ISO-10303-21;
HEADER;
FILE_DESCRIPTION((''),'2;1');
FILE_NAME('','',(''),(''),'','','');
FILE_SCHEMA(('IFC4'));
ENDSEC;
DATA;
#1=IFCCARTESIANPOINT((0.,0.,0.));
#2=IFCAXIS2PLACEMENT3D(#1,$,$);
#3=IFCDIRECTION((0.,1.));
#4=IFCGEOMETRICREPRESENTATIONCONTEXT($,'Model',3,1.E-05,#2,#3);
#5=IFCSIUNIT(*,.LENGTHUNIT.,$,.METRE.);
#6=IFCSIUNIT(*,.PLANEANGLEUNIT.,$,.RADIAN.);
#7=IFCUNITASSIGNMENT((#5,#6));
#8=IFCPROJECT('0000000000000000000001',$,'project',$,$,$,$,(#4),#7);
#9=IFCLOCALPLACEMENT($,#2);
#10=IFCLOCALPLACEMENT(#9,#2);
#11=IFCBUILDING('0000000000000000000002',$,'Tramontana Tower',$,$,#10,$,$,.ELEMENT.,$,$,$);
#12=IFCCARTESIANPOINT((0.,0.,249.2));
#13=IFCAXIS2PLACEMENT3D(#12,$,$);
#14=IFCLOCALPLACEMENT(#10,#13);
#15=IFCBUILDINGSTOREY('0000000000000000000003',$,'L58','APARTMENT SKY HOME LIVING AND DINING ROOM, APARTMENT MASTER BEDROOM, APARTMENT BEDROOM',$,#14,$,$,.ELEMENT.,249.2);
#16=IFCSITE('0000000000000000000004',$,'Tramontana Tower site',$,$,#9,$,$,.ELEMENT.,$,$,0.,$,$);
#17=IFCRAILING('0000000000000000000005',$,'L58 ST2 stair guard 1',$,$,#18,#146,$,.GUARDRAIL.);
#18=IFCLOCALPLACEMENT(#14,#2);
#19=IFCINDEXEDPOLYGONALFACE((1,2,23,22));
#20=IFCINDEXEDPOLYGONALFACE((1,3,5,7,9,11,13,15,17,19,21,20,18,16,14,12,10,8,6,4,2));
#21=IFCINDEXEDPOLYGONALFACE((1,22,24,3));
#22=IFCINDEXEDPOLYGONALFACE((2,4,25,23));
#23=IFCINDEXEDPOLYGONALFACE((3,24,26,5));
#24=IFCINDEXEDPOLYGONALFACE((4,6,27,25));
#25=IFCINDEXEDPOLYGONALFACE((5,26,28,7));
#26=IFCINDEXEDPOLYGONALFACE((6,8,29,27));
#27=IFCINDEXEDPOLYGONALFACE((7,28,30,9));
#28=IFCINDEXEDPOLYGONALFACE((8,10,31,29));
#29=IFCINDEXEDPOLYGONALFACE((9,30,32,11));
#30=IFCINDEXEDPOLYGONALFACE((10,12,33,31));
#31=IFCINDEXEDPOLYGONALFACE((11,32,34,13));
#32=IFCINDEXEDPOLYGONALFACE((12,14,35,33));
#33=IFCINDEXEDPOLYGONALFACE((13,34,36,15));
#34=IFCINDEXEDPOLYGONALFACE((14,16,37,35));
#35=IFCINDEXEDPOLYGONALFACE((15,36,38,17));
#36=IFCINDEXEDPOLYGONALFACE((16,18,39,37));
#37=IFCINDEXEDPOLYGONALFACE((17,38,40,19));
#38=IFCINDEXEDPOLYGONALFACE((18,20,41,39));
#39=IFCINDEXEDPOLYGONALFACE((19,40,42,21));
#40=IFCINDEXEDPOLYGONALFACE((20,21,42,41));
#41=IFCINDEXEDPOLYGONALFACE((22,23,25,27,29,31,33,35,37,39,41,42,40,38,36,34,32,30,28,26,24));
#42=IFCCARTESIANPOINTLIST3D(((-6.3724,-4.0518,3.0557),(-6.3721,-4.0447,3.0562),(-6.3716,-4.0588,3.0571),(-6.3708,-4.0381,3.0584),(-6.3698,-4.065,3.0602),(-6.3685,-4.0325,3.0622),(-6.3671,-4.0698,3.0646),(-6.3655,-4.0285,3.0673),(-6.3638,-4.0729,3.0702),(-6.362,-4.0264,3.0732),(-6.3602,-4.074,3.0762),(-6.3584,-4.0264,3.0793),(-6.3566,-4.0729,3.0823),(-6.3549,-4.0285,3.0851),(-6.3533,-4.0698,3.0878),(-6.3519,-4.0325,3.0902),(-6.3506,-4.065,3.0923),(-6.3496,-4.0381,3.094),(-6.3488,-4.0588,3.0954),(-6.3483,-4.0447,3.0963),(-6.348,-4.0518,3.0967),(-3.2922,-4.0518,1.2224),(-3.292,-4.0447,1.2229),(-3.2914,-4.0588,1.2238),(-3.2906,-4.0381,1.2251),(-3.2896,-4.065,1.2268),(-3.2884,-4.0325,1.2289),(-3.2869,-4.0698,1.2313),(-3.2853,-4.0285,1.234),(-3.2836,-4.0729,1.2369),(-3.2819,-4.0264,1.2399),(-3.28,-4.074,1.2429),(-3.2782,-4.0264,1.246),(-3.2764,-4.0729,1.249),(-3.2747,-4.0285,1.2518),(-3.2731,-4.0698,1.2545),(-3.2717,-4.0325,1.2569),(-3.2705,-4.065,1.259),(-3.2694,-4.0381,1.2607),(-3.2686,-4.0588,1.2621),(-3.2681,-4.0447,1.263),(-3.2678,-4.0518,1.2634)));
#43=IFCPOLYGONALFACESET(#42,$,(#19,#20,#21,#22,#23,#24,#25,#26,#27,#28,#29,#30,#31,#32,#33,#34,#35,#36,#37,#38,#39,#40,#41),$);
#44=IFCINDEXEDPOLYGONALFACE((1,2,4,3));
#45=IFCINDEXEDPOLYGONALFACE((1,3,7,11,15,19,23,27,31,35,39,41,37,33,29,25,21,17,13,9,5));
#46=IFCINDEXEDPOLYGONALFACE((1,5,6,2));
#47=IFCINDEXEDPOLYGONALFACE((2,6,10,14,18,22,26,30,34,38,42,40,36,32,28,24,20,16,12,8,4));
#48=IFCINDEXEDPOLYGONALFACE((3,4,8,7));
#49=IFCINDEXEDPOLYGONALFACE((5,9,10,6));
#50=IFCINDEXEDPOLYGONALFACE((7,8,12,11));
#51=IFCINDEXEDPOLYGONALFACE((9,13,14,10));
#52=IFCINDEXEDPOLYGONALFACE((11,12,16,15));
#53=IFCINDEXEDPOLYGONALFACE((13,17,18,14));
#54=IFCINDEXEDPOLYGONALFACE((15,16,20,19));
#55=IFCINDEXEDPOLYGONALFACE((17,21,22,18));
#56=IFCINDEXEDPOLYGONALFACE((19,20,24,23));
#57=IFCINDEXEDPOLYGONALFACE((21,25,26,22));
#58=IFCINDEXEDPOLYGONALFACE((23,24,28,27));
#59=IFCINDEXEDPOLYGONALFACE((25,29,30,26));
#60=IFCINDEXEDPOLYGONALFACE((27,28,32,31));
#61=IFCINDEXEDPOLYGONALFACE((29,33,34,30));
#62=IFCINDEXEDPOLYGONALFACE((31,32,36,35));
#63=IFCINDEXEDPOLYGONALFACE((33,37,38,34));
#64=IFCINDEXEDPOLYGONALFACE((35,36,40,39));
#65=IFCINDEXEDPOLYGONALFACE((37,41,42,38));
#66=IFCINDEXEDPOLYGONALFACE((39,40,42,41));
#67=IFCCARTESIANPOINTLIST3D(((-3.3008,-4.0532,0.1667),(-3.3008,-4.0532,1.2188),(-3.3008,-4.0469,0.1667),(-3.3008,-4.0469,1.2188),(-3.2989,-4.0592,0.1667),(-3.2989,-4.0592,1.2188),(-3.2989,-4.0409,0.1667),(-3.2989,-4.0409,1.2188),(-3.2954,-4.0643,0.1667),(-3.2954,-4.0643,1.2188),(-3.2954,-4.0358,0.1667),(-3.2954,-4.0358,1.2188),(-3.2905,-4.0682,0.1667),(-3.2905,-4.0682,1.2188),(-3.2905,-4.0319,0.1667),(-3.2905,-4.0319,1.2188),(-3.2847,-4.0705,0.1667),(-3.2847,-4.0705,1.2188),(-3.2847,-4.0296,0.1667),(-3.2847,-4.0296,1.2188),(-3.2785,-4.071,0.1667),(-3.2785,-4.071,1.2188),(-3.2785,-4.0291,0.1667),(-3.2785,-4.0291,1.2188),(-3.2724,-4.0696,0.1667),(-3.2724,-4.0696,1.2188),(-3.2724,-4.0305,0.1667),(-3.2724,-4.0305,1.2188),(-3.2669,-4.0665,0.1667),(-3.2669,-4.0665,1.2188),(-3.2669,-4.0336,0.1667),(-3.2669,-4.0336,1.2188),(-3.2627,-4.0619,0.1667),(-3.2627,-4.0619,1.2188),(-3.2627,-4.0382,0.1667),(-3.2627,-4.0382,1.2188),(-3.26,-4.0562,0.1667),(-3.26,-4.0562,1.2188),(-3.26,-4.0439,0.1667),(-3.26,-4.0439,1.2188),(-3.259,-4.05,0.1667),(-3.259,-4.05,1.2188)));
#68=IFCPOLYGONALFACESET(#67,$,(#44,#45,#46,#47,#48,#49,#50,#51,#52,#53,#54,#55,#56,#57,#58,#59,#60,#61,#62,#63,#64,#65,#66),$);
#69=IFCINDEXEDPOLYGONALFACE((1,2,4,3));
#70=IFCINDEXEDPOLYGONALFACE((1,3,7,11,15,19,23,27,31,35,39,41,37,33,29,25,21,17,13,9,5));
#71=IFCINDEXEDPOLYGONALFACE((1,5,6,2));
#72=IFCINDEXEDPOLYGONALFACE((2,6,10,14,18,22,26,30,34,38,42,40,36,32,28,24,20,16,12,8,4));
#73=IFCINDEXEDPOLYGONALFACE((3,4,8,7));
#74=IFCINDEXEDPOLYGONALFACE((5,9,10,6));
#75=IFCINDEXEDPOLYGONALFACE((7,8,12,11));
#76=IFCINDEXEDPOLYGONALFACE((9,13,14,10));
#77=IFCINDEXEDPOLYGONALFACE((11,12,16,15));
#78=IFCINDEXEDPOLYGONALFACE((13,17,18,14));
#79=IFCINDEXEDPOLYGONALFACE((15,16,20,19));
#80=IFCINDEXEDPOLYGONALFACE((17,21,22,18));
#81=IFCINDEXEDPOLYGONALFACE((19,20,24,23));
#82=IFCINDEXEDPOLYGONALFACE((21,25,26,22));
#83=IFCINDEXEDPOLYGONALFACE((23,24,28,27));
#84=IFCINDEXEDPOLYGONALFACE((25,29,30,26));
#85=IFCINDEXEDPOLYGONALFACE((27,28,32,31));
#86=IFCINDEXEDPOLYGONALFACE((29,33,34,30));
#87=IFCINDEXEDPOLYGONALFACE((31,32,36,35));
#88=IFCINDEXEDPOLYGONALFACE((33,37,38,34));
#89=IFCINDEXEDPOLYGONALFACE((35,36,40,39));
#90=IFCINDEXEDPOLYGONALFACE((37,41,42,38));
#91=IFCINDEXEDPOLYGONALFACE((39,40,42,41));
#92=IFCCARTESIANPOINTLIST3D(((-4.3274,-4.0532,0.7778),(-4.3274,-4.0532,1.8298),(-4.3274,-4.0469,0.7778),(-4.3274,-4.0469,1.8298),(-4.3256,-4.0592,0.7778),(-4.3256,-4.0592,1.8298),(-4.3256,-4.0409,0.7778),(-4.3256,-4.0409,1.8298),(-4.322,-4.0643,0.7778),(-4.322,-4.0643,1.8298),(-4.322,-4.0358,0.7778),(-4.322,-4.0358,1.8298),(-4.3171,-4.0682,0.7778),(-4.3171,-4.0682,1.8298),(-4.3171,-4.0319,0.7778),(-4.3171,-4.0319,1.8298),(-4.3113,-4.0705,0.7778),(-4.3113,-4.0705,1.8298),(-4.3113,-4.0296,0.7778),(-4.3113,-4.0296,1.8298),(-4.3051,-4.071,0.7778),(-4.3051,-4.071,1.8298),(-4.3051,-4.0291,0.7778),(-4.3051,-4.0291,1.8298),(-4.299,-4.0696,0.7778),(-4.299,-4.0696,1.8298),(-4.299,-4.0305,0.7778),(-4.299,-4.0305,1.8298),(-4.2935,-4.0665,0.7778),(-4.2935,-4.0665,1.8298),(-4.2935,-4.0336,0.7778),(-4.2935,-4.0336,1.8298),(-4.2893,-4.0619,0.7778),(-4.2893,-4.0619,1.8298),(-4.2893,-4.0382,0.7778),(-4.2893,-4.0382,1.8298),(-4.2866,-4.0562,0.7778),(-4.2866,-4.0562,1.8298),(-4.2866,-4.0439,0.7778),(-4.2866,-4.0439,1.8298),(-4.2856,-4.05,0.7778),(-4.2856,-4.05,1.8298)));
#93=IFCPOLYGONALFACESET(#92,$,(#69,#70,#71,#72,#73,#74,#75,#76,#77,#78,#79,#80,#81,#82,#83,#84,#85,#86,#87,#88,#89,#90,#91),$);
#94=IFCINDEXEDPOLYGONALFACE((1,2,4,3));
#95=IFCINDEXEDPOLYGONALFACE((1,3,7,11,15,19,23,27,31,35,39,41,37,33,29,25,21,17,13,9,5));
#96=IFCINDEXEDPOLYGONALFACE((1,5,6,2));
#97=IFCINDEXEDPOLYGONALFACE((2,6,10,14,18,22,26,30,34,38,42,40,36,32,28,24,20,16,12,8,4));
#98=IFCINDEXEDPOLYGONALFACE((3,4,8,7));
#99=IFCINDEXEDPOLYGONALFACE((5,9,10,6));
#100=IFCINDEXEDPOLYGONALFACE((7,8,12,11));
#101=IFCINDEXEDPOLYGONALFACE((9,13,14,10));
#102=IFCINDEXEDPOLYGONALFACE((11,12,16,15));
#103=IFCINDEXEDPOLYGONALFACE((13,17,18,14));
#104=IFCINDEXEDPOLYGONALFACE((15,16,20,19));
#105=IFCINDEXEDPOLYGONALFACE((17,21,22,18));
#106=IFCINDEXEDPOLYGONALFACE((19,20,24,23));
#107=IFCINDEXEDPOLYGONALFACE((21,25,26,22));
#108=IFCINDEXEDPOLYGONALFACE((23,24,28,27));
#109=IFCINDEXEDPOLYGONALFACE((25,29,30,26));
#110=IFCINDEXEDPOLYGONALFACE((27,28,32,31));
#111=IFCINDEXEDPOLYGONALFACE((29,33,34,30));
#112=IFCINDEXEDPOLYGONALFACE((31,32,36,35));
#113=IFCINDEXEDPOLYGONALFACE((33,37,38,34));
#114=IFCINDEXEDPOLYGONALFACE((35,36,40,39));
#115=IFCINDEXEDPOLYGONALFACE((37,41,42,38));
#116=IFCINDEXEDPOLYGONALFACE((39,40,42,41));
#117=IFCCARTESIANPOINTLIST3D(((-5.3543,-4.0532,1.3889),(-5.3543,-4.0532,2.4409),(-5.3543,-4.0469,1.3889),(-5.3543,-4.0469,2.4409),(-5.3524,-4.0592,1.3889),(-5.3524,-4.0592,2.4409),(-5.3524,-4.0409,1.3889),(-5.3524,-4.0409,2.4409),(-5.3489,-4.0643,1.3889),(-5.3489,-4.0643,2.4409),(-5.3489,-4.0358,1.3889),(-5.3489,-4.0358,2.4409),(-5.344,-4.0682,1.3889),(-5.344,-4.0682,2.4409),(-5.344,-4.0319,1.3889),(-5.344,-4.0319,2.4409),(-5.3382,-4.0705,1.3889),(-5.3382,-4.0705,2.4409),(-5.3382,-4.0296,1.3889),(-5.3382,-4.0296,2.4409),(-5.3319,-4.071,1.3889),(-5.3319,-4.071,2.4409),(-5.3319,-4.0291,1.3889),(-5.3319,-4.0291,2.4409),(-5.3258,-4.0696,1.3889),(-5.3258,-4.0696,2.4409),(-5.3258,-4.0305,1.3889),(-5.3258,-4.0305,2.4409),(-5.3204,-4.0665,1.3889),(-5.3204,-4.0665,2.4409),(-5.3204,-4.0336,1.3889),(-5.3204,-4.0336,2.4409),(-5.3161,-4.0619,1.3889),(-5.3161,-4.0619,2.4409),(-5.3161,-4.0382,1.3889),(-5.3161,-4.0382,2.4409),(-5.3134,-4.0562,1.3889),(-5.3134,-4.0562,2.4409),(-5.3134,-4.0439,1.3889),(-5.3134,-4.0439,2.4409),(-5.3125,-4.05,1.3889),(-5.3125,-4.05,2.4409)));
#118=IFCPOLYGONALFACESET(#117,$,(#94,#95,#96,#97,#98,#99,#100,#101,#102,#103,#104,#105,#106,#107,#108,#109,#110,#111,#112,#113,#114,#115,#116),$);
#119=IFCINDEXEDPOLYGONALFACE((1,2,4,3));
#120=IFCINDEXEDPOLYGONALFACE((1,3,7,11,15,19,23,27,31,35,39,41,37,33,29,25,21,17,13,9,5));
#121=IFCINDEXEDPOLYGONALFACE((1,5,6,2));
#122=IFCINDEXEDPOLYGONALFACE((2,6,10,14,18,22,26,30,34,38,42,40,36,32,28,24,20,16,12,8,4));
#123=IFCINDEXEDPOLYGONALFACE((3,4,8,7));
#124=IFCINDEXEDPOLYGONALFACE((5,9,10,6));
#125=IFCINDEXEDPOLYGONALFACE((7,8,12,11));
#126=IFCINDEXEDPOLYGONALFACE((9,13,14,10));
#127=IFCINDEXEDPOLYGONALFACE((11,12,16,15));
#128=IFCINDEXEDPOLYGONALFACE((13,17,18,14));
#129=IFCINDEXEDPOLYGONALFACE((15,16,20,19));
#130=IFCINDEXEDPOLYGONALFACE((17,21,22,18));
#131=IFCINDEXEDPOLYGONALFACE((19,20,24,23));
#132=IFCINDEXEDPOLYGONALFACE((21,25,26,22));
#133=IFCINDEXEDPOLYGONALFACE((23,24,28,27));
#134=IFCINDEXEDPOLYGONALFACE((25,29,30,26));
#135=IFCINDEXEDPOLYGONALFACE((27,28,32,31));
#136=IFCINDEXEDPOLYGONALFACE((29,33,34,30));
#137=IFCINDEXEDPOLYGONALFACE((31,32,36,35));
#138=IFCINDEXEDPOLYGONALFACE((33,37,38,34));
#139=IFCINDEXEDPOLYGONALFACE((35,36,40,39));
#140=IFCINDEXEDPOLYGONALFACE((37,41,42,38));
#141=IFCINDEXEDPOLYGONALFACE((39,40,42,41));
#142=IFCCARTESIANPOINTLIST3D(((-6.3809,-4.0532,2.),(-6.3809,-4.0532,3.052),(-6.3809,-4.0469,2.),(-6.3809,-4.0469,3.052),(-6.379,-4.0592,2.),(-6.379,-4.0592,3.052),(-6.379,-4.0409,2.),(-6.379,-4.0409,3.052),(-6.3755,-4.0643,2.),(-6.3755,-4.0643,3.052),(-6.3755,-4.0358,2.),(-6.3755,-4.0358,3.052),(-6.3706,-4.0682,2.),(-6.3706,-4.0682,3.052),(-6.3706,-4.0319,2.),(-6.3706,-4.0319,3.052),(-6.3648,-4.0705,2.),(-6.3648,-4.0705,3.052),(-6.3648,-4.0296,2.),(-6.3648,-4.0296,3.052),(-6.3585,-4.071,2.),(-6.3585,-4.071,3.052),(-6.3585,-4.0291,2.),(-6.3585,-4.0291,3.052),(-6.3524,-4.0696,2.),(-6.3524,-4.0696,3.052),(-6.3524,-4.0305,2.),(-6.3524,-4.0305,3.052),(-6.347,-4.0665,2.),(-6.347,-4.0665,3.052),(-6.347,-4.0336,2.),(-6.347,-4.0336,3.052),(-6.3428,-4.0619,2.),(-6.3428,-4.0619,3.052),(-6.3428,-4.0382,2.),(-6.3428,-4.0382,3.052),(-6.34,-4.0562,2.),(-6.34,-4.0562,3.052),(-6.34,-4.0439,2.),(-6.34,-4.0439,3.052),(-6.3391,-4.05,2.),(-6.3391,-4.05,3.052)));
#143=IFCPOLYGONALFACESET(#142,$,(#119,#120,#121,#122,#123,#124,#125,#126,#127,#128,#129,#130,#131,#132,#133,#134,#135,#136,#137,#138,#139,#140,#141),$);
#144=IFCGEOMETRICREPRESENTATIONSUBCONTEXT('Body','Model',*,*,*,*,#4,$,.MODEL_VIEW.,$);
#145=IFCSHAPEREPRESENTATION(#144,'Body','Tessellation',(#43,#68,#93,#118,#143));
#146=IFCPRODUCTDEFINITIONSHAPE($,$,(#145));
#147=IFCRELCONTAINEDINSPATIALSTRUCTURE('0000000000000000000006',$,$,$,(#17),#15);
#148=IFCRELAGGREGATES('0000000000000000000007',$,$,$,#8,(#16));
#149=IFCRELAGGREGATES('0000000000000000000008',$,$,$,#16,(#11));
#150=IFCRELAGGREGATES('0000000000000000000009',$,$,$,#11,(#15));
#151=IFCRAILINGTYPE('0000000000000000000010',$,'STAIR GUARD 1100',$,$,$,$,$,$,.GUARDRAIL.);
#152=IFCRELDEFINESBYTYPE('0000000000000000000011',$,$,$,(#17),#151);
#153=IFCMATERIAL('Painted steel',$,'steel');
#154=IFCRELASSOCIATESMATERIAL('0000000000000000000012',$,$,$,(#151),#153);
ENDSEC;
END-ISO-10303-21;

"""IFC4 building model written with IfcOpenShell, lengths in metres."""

from ifc_helpers import new_model, si_unit, direction, frame, origin, origin_2d, place, context, subcontext, project, spatial, circle, extrude, material, type_object, element, save


model = new_model("IFC4")

# Units and contexts
model_context = context("Model", 3, precision=1e-05, world=origin(), true_north=direction((0.0, 1.0)))
body_context = subcontext(model_context, "Body", "Model", "MODEL_VIEW")
ifc_project = project(units=[si_unit("LENGTHUNIT", "METRE"), si_unit("PLANEANGLEUNIT", "RADIAN")], contexts=[model_context])

# Site, building, storey
site_placement = place(None, origin())
site = spatial("IfcSite", under=ifc_project, at=site_placement, Name="Tramontana Tower site", CompositionType="ELEMENT", RefElevation=0.0)
building_placement = place(site_placement, origin())
building = spatial("IfcBuilding", under=site, at=building_placement, Name="Tramontana Tower", CompositionType="ELEMENT")
storey_placement = place(building_placement, frame((0.0, 0.0, 249.2)))
storey = spatial("IfcBuildingStorey", under=building, at=storey_placement, Name="L58", Description="APARTMENT SKY HOME LIVING AND DINING ROOM, APARTMENT MASTER BEDROOM, APARTMENT BEDROOM", CompositionType="ELEMENT", Elevation=249.2)

# Railing
ifc_material_1 = material(Name="Painted steel", Category="steel")
railing_type_1 = type_object("IfcRailingType", Name="STAIR GUARD 1100", PredefinedType="GUARDRAIL", material=ifc_material_1)
railing_1_placement = place(storey_placement, frame((-3.28, -4.05, 0.1667)))
element("IfcRailing", 1, at=railing_1_placement, inside=storey, type_object=railing_type_1, Name="L58 ST2 stair guard 1", PredefinedType="GUARDRAIL", context=body_context, shape_type="SweptSolid", body=[
    extrude(circle(Radius=0.0239, at=origin_2d()), frame((0.0, 0.0, 1.0762), z_axis=(-0.859309, 0.0, 0.511458), x_axis=(0.0, -1.0, 0.0)), (0.0, 0.0, 1.0), 3.5845),
    extrude(circle(Radius=0.021, at=origin_2d()), origin(), (0.0, 0.0, 1.0), 1.052),
    extrude(circle(Radius=0.021, at=origin_2d()), frame((-1.0266, 0.0, 0.6111)), (0.0, 0.0, 1.0), 1.052),
    extrude(circle(Radius=0.021, at=origin_2d()), frame((-2.0535, 0.0, 1.2222)), (0.0, 0.0, 1.0), 1.052),
    extrude(circle(Radius=0.021, at=origin_2d()), frame((-3.0801, 0.0, 1.8333)), (0.0, 0.0, 1.0), 1.052),
])

save(model, "model.ifc")
